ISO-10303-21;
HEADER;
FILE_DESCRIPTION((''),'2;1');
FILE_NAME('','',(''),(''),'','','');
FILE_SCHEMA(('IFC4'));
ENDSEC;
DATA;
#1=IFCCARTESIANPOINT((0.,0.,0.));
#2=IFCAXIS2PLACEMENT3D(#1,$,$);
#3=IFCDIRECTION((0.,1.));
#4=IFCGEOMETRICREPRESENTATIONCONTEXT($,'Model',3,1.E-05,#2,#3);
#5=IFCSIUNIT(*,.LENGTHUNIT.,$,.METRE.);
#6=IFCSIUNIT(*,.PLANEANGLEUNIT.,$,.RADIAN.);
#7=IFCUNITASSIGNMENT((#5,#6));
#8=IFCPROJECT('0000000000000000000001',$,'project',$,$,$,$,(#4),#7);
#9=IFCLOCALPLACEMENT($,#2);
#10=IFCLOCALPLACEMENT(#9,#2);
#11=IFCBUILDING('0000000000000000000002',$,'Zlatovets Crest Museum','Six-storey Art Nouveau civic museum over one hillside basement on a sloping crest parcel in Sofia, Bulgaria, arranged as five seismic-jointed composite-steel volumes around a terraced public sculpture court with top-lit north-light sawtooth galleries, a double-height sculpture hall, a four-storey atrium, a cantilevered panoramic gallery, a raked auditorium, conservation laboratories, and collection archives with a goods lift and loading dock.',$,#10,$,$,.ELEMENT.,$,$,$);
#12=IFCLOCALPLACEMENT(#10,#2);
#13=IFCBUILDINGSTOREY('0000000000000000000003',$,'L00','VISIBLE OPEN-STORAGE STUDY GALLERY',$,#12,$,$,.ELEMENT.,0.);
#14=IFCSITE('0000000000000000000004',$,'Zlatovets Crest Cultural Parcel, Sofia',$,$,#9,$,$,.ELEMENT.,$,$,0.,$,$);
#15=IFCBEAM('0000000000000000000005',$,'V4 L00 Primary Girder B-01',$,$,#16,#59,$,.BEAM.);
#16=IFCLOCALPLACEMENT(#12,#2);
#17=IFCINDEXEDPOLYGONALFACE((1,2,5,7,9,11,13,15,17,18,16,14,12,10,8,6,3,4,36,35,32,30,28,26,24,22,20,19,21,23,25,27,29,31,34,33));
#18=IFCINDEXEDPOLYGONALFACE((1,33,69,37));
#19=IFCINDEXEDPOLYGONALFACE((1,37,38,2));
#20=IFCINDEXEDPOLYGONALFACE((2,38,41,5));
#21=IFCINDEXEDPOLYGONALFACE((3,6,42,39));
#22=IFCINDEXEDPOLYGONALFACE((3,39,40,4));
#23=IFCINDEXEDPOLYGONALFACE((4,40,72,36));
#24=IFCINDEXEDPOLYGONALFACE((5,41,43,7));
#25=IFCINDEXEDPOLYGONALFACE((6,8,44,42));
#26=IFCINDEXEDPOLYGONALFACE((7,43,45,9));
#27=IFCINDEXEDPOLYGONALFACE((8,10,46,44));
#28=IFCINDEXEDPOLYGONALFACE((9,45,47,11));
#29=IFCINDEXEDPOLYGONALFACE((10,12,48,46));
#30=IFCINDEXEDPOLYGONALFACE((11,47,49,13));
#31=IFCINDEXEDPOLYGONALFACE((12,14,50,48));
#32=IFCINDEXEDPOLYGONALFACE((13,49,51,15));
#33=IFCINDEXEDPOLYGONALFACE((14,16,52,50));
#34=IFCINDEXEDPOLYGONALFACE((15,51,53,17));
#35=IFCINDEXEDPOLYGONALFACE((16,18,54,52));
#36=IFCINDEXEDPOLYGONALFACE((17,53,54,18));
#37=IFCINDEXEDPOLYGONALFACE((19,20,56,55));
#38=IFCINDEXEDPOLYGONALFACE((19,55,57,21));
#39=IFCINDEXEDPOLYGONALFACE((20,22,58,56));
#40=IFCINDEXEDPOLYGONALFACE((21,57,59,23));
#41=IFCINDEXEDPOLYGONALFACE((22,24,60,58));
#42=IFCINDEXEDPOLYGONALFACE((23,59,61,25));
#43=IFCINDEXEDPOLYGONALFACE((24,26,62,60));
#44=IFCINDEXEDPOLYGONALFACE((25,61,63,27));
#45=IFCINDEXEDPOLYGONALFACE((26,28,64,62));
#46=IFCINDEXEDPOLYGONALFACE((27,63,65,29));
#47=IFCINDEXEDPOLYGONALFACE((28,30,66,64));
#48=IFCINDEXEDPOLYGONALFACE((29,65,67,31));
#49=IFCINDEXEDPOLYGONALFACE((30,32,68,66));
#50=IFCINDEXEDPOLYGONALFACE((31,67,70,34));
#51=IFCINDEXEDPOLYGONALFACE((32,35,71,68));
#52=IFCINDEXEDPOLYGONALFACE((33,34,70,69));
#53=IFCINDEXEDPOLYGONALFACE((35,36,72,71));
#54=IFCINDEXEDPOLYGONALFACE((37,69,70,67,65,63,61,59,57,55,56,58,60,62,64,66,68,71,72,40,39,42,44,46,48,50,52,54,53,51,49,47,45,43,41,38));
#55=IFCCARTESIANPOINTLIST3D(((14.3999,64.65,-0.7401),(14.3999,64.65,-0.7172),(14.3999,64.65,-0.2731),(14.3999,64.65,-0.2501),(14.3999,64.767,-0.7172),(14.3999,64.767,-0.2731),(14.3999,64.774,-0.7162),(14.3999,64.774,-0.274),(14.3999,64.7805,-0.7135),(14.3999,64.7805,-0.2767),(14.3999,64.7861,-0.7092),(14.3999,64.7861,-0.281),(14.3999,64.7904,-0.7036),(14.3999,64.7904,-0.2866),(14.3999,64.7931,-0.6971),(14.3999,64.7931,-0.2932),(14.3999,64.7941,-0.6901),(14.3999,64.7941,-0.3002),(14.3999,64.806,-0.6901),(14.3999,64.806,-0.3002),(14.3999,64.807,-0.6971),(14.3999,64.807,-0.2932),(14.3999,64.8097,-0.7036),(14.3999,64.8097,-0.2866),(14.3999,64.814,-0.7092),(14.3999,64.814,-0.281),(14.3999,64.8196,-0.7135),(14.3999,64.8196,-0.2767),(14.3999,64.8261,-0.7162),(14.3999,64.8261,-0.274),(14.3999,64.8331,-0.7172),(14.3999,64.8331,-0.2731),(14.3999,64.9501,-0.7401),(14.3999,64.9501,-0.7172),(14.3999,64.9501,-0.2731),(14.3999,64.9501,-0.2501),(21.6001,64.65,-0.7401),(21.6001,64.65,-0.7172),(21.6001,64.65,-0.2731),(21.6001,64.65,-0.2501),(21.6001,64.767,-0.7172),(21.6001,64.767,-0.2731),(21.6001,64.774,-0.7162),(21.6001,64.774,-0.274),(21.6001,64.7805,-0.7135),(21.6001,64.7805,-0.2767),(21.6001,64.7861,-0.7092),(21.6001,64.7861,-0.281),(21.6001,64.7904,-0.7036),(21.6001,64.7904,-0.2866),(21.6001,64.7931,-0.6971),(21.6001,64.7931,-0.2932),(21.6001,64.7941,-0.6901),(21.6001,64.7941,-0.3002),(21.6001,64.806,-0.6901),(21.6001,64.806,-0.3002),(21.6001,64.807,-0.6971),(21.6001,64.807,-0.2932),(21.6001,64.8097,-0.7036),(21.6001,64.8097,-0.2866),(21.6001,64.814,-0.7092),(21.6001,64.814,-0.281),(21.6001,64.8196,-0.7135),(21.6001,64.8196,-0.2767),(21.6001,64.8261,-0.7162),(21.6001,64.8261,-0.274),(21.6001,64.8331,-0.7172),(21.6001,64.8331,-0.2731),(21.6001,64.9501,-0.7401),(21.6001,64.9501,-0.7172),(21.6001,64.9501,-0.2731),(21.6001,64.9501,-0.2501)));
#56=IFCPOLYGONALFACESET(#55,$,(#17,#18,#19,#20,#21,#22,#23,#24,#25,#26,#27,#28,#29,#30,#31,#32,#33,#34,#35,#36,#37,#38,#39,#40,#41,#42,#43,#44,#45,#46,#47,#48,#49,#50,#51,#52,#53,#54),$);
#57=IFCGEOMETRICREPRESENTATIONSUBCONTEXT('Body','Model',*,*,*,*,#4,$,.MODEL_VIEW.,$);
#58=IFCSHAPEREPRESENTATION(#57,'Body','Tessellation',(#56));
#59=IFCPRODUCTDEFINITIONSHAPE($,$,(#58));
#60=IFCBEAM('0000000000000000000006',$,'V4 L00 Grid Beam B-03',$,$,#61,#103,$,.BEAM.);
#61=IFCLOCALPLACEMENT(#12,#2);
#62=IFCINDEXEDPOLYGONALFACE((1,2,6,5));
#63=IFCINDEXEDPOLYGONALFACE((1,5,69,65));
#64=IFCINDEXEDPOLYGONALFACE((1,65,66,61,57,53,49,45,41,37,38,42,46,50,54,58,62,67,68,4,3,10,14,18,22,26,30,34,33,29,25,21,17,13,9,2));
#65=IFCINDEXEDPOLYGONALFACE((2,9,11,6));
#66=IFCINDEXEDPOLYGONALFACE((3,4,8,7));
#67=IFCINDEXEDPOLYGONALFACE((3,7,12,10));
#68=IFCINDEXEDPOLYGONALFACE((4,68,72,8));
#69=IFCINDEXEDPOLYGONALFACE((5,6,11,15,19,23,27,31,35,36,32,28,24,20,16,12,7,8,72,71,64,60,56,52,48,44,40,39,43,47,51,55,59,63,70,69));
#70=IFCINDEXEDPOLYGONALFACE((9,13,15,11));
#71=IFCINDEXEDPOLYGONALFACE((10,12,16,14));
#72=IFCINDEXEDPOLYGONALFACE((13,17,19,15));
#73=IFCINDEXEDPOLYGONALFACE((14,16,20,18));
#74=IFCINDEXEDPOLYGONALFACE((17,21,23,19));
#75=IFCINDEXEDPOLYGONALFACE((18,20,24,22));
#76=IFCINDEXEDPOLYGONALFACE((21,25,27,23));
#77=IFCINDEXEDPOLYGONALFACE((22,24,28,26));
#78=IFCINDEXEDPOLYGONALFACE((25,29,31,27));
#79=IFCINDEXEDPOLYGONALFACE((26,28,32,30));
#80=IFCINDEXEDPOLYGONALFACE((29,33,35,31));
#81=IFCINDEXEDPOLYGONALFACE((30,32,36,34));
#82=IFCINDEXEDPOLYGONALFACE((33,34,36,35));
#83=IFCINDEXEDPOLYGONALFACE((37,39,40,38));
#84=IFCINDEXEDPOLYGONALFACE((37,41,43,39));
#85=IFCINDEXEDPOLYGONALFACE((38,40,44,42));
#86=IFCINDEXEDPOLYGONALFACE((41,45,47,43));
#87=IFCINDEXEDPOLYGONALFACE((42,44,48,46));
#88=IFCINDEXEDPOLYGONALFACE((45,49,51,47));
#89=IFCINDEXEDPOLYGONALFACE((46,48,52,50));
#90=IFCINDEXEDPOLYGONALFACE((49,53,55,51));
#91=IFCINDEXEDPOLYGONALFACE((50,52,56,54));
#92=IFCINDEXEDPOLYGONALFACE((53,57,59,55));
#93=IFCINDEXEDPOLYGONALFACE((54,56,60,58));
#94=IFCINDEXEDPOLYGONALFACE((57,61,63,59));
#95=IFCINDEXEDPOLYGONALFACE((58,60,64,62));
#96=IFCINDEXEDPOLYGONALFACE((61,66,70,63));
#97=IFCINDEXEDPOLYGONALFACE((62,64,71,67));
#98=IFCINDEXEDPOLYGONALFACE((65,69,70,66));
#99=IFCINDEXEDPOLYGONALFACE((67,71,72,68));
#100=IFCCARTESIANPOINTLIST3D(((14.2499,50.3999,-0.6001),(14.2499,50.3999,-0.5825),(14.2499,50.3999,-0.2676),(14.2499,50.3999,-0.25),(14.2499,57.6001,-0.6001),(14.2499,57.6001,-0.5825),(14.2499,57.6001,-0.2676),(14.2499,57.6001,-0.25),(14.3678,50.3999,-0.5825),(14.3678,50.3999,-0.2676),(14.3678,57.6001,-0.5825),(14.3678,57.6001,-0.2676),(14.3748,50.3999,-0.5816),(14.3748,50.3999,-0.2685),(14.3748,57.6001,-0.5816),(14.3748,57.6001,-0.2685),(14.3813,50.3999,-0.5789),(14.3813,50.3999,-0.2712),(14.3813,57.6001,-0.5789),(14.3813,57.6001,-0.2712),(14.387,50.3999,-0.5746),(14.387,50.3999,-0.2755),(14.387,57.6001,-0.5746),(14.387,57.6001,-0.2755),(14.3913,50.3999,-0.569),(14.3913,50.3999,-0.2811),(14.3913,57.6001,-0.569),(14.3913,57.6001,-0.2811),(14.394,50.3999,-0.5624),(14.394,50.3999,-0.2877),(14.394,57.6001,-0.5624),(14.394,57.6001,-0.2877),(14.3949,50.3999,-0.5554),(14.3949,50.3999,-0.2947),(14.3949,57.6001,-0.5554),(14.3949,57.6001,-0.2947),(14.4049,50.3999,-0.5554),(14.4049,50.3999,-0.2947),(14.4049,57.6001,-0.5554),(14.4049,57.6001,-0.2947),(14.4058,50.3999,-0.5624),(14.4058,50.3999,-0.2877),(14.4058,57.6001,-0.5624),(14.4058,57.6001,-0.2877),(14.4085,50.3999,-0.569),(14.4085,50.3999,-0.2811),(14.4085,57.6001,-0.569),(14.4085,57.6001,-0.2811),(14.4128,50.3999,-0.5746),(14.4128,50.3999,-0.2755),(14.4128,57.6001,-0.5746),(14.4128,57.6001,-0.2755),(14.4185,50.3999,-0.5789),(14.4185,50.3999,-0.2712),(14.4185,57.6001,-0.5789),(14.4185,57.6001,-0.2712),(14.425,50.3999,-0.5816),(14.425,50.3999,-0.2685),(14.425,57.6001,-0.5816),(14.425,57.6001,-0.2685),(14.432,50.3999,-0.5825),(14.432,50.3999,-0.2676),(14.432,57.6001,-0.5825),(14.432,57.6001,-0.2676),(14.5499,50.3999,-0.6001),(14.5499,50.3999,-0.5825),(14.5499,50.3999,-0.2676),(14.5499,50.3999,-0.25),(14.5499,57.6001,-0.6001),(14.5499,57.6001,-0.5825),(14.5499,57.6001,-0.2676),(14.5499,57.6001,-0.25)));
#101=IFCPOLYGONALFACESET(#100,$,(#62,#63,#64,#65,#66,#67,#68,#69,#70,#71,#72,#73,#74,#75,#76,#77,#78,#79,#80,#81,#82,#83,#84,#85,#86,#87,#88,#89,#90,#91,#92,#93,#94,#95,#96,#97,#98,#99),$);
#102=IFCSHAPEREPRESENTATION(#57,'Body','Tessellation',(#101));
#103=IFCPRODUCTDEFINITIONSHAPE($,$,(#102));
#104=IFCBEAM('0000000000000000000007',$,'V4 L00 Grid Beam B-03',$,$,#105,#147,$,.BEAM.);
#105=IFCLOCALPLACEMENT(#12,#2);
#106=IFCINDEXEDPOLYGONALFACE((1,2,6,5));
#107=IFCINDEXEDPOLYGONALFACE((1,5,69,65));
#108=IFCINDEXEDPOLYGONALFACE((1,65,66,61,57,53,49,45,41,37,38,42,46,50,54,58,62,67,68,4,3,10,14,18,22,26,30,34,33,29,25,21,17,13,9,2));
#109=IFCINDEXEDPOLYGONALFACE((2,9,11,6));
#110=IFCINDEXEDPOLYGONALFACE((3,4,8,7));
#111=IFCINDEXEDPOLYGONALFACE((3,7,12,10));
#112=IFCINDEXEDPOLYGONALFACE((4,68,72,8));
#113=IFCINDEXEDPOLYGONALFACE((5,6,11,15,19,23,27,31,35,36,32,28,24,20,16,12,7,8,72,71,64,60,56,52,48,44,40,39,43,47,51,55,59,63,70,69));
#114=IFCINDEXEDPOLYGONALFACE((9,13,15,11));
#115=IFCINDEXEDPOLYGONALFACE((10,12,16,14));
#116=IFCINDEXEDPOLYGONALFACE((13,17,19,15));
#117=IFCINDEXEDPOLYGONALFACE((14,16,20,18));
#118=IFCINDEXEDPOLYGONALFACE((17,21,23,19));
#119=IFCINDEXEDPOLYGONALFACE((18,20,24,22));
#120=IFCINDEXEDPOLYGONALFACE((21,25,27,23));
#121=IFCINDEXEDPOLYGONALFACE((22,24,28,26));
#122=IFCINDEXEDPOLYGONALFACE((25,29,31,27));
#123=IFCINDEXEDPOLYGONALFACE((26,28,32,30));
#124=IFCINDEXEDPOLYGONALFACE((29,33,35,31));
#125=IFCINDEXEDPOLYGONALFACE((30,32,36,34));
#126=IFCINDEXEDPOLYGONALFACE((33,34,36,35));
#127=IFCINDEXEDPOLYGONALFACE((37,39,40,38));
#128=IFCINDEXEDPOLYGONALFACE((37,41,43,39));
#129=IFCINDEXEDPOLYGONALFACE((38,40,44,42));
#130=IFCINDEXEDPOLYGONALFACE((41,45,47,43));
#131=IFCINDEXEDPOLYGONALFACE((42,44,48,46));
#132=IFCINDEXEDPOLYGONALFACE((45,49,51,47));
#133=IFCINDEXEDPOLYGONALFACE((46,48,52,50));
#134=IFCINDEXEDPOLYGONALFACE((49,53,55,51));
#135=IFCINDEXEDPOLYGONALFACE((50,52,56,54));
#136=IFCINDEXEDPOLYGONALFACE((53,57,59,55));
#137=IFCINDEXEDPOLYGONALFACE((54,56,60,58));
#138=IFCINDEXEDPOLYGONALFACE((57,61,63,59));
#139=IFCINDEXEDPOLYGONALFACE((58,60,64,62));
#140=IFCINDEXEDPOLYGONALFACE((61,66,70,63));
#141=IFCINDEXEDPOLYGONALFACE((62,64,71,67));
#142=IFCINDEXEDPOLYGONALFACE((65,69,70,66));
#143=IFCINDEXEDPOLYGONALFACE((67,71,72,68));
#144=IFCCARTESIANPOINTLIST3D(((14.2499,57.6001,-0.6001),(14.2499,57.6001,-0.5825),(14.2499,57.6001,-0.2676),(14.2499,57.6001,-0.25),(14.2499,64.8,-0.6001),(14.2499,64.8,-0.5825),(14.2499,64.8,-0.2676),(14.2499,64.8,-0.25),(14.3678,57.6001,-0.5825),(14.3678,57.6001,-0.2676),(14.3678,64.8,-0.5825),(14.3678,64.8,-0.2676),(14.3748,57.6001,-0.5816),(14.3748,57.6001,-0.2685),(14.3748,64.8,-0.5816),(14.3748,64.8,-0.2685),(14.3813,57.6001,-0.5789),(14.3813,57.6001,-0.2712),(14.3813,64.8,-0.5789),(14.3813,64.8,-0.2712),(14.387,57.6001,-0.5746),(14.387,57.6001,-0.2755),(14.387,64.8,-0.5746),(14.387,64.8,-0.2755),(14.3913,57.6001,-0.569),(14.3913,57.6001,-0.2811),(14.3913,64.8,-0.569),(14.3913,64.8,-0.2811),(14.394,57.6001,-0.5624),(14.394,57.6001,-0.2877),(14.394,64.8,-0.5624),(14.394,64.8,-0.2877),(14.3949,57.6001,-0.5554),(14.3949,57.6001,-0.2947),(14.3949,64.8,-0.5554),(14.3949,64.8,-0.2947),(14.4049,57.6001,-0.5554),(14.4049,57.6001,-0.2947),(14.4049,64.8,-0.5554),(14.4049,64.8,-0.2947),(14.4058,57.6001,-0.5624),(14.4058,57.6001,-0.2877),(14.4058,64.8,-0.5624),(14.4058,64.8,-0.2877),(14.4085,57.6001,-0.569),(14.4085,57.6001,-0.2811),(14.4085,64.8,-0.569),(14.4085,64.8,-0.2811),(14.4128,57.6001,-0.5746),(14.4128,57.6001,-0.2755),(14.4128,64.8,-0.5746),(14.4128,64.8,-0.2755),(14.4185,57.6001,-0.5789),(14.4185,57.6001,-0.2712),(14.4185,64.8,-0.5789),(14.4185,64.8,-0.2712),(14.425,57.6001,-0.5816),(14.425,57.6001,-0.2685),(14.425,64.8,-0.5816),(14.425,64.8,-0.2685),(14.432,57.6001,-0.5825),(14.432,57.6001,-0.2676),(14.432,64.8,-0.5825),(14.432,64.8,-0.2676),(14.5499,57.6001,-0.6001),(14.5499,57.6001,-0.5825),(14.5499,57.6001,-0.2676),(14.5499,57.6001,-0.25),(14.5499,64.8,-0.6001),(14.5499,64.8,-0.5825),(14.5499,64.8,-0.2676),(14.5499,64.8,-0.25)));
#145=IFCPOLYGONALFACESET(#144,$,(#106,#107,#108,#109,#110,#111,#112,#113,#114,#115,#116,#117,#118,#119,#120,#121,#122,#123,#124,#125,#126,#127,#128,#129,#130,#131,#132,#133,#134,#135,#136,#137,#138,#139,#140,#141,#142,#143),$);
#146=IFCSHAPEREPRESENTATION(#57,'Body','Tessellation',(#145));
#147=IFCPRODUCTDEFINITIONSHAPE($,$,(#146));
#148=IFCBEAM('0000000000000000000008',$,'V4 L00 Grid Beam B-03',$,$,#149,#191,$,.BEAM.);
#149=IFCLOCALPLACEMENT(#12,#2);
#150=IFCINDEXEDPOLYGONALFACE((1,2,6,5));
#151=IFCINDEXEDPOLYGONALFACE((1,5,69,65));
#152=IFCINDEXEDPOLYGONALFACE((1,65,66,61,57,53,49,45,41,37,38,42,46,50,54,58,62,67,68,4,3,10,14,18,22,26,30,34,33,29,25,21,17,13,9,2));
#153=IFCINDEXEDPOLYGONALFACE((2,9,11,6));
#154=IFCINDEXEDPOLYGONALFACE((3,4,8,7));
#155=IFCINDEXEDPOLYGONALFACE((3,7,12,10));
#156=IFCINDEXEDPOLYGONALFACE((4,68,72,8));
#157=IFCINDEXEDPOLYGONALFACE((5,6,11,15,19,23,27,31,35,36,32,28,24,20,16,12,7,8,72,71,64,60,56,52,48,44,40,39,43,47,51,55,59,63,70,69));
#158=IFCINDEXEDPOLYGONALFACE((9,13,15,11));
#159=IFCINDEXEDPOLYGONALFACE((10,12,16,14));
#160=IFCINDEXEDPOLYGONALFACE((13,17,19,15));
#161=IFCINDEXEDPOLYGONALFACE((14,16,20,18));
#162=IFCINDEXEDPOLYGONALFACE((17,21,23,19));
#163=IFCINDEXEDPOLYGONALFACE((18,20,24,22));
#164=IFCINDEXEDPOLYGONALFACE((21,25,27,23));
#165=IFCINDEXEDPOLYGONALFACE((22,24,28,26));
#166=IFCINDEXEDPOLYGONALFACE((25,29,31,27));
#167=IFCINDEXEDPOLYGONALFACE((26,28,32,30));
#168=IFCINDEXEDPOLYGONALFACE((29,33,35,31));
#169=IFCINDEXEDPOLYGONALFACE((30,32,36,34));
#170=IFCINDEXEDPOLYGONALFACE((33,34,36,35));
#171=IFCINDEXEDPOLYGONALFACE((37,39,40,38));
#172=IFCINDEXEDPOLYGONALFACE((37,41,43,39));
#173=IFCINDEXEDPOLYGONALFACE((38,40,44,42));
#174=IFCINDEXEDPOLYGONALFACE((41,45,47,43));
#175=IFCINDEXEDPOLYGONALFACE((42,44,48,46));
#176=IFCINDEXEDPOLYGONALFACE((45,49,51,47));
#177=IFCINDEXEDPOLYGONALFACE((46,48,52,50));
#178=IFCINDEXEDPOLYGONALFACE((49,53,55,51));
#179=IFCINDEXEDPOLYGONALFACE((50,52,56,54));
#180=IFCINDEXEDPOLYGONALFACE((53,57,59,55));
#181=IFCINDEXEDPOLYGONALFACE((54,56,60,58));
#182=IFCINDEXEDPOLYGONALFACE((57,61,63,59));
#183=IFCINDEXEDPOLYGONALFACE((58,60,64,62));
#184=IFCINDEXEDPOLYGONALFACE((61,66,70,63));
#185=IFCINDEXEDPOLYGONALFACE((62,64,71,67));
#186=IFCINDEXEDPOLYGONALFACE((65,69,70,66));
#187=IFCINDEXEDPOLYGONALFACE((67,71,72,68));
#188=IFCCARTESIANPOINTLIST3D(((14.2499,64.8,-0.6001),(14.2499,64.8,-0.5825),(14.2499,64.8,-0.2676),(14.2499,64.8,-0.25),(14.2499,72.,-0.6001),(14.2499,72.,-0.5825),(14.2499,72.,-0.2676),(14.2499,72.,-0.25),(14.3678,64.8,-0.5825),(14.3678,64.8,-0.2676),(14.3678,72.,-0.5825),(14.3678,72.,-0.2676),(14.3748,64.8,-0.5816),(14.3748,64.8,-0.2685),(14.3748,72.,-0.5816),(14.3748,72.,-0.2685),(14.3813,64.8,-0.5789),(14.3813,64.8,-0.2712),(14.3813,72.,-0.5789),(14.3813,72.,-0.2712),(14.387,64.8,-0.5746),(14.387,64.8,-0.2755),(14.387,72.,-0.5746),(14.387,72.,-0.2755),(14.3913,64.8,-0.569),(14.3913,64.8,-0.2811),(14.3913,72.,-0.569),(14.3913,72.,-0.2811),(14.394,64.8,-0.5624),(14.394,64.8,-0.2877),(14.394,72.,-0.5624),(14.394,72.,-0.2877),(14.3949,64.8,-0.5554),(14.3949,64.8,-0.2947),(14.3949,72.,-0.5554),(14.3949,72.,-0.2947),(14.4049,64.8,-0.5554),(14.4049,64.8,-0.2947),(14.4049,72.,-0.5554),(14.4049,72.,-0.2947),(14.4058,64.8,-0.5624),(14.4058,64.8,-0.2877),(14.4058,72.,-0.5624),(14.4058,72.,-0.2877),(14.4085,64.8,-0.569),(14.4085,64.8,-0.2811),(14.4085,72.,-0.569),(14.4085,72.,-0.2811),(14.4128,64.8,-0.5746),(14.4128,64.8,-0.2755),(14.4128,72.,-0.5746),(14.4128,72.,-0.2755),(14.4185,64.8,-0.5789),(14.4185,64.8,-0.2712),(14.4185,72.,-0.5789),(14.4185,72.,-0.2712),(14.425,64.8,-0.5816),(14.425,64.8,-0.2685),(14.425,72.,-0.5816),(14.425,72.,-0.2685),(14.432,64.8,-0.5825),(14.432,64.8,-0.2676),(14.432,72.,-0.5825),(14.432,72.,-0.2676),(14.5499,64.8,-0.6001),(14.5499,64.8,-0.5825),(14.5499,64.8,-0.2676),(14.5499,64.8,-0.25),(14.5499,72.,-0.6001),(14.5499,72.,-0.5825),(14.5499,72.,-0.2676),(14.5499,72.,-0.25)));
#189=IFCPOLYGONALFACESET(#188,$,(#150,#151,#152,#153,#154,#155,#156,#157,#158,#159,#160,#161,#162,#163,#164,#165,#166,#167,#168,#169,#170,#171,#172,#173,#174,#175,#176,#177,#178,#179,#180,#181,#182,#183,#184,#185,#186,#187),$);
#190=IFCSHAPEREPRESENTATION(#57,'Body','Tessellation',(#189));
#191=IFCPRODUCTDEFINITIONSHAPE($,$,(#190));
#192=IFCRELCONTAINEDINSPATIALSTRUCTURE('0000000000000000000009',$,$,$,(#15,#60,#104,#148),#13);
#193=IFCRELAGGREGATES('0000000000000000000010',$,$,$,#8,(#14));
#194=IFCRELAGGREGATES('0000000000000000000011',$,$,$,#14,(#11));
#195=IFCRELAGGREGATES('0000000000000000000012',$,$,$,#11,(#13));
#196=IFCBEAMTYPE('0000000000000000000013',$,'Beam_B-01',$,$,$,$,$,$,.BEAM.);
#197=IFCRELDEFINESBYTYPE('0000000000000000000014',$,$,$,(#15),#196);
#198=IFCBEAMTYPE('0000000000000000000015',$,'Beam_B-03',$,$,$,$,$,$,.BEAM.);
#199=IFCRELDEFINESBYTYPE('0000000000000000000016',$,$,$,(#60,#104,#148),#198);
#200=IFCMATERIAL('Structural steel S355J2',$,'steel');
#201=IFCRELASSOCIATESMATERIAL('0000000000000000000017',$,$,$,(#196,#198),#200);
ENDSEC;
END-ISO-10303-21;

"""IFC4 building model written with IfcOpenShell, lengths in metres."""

from ifc_helpers import new_model, si_unit, direction, frame, origin, origin_2d, place, context, subcontext, project, spatial, i_section, extrude, material, material_profile, profile_set, type_object, element, save


model = new_model("IFC4")

# Units and contexts
model_context = context("Model", 3, precision=1e-05, world=origin(), true_north=direction((0.0, 1.0)))
body_context = subcontext(model_context, "Body", "Model", "MODEL_VIEW")
ifc_project = project(units=[si_unit("LENGTHUNIT", "METRE"), si_unit("PLANEANGLEUNIT", "RADIAN")], contexts=[model_context])

# Site, building, storey
site_placement = place(None, origin())
site = spatial("IfcSite", under=ifc_project, at=site_placement, Name="Zlatovets Crest Cultural Parcel, Sofia", CompositionType="ELEMENT", RefElevation=0.0)
building_placement = place(site_placement, origin())
building = spatial("IfcBuilding", under=site, at=building_placement, Name="Zlatovets Crest Museum", Description="Six-storey Art Nouveau civic museum over one hillside basement on a sloping crest parcel in Sofia, Bulgaria, arranged as five seismic-jointed composite-steel volumes around a terraced public sculpture court with top-lit north-light sawtooth galleries, a double-height sculpture hall, a four-storey atrium, a cantilevered panoramic gallery, a raked auditorium, conservation laboratories, and collection archives with a goods lift and loading dock.", CompositionType="ELEMENT")
storey_placement = place(building_placement, origin())
storey = spatial("IfcBuildingStorey", under=building, at=storey_placement, Name="L00", Description="VISIBLE OPEN-STORAGE STUDY GALLERY", CompositionType="ELEMENT", Elevation=0.0)

# Shared definitions
ifc_material_1 = material(Name="Structural steel S355J2", Category="steel")

# Beams
ifc_material_profile_1 = material_profile(ifc_material_1, i_section(OverallWidth=0.3, OverallDepth=0.49, WebThickness=0.012, FlangeThickness=0.0229, FilletRadius=0.0271, at=origin_2d()), Name="HEA 500")
ifc_profile_set_1 = profile_set([ifc_material_profile_1], Name="Structural steel S355J2")
beam_type_1 = type_object("IfcBeamType", Name="Beam_B-01", PredefinedType="BEAM", material=ifc_profile_set_1)
beam_1_placement = place(storey_placement, frame((14.3999, 64.8, -0.4951), z_axis=(1.0, 0.0, 0.0), x_axis=(0.0, 1.0, 0.0)))
element("IfcBeam", 1, at=beam_1_placement, inside=storey, type_object=beam_type_1, Name="V4 L00 Primary Girder B-01", PredefinedType="BEAM", context=body_context, shape_type="SweptSolid", body=[
    extrude(i_section(OverallWidth=0.3, OverallDepth=0.49, WebThickness=0.012, FlangeThickness=0.0229, FilletRadius=0.0271, at=origin_2d()), origin(), (0.0, 0.0, 1.0), 7.2002),
])
ifc_material_profile_2 = material_profile(ifc_material_1, i_section(OverallWidth=0.3, OverallDepth=0.3501, WebThickness=0.01, FlangeThickness=0.0176, FilletRadius=0.0271, at=origin_2d()), Name="HEA 360")
ifc_profile_set_2 = profile_set([ifc_material_profile_2], Name="Structural steel S355J2")
beam_type_2 = type_object("IfcBeamType", Name="Beam_B-03", PredefinedType="BEAM", material=ifc_profile_set_2)
beam_2_placement = place(storey_placement, frame((14.3999, 50.3999, -0.425), z_axis=(0.0, 1.0, 0.0), x_axis=(-1.0, 0.0, 0.0)))
element("IfcBeam", 2, at=beam_2_placement, inside=storey, type_object=beam_type_2, Name="V4 L00 Grid Beam B-03", PredefinedType="BEAM", context=body_context, shape_type="SweptSolid", body=[
    extrude(i_section(OverallWidth=0.3, OverallDepth=0.3501, WebThickness=0.01, FlangeThickness=0.0176, FilletRadius=0.0271, at=origin_2d()), origin(), (0.0, 0.0, 1.0), 7.2002),
])
for number, where, z_axis, x_axis, name in (
    (3, (14.3999, 57.6001, -0.425), (0.0, 1.0, 0.0), (-1.0, 0.0, 0.0), "V4 L00 Grid Beam B-03"),
    (4, (14.3999, 64.8, -0.425), (0.0, 1.0, 0.0), (-1.0, 0.0, 0.0), "V4 L00 Grid Beam B-03"),
):
    element("IfcBeam", number, at=place(storey_placement, frame(where, z_axis=z_axis, x_axis=x_axis)), inside=storey, type_object=beam_type_2, Name=name, PredefinedType="BEAM", context=body_context, shape_type="SweptSolid", body=[
        extrude(i_section(OverallWidth=0.3, OverallDepth=0.3501, WebThickness=0.01, FlangeThickness=0.0176, FilletRadius=0.0271, at=origin_2d()), origin(), (0.0, 0.0, 1.0), 7.2),
    ])

save(model, "model.ifc")
